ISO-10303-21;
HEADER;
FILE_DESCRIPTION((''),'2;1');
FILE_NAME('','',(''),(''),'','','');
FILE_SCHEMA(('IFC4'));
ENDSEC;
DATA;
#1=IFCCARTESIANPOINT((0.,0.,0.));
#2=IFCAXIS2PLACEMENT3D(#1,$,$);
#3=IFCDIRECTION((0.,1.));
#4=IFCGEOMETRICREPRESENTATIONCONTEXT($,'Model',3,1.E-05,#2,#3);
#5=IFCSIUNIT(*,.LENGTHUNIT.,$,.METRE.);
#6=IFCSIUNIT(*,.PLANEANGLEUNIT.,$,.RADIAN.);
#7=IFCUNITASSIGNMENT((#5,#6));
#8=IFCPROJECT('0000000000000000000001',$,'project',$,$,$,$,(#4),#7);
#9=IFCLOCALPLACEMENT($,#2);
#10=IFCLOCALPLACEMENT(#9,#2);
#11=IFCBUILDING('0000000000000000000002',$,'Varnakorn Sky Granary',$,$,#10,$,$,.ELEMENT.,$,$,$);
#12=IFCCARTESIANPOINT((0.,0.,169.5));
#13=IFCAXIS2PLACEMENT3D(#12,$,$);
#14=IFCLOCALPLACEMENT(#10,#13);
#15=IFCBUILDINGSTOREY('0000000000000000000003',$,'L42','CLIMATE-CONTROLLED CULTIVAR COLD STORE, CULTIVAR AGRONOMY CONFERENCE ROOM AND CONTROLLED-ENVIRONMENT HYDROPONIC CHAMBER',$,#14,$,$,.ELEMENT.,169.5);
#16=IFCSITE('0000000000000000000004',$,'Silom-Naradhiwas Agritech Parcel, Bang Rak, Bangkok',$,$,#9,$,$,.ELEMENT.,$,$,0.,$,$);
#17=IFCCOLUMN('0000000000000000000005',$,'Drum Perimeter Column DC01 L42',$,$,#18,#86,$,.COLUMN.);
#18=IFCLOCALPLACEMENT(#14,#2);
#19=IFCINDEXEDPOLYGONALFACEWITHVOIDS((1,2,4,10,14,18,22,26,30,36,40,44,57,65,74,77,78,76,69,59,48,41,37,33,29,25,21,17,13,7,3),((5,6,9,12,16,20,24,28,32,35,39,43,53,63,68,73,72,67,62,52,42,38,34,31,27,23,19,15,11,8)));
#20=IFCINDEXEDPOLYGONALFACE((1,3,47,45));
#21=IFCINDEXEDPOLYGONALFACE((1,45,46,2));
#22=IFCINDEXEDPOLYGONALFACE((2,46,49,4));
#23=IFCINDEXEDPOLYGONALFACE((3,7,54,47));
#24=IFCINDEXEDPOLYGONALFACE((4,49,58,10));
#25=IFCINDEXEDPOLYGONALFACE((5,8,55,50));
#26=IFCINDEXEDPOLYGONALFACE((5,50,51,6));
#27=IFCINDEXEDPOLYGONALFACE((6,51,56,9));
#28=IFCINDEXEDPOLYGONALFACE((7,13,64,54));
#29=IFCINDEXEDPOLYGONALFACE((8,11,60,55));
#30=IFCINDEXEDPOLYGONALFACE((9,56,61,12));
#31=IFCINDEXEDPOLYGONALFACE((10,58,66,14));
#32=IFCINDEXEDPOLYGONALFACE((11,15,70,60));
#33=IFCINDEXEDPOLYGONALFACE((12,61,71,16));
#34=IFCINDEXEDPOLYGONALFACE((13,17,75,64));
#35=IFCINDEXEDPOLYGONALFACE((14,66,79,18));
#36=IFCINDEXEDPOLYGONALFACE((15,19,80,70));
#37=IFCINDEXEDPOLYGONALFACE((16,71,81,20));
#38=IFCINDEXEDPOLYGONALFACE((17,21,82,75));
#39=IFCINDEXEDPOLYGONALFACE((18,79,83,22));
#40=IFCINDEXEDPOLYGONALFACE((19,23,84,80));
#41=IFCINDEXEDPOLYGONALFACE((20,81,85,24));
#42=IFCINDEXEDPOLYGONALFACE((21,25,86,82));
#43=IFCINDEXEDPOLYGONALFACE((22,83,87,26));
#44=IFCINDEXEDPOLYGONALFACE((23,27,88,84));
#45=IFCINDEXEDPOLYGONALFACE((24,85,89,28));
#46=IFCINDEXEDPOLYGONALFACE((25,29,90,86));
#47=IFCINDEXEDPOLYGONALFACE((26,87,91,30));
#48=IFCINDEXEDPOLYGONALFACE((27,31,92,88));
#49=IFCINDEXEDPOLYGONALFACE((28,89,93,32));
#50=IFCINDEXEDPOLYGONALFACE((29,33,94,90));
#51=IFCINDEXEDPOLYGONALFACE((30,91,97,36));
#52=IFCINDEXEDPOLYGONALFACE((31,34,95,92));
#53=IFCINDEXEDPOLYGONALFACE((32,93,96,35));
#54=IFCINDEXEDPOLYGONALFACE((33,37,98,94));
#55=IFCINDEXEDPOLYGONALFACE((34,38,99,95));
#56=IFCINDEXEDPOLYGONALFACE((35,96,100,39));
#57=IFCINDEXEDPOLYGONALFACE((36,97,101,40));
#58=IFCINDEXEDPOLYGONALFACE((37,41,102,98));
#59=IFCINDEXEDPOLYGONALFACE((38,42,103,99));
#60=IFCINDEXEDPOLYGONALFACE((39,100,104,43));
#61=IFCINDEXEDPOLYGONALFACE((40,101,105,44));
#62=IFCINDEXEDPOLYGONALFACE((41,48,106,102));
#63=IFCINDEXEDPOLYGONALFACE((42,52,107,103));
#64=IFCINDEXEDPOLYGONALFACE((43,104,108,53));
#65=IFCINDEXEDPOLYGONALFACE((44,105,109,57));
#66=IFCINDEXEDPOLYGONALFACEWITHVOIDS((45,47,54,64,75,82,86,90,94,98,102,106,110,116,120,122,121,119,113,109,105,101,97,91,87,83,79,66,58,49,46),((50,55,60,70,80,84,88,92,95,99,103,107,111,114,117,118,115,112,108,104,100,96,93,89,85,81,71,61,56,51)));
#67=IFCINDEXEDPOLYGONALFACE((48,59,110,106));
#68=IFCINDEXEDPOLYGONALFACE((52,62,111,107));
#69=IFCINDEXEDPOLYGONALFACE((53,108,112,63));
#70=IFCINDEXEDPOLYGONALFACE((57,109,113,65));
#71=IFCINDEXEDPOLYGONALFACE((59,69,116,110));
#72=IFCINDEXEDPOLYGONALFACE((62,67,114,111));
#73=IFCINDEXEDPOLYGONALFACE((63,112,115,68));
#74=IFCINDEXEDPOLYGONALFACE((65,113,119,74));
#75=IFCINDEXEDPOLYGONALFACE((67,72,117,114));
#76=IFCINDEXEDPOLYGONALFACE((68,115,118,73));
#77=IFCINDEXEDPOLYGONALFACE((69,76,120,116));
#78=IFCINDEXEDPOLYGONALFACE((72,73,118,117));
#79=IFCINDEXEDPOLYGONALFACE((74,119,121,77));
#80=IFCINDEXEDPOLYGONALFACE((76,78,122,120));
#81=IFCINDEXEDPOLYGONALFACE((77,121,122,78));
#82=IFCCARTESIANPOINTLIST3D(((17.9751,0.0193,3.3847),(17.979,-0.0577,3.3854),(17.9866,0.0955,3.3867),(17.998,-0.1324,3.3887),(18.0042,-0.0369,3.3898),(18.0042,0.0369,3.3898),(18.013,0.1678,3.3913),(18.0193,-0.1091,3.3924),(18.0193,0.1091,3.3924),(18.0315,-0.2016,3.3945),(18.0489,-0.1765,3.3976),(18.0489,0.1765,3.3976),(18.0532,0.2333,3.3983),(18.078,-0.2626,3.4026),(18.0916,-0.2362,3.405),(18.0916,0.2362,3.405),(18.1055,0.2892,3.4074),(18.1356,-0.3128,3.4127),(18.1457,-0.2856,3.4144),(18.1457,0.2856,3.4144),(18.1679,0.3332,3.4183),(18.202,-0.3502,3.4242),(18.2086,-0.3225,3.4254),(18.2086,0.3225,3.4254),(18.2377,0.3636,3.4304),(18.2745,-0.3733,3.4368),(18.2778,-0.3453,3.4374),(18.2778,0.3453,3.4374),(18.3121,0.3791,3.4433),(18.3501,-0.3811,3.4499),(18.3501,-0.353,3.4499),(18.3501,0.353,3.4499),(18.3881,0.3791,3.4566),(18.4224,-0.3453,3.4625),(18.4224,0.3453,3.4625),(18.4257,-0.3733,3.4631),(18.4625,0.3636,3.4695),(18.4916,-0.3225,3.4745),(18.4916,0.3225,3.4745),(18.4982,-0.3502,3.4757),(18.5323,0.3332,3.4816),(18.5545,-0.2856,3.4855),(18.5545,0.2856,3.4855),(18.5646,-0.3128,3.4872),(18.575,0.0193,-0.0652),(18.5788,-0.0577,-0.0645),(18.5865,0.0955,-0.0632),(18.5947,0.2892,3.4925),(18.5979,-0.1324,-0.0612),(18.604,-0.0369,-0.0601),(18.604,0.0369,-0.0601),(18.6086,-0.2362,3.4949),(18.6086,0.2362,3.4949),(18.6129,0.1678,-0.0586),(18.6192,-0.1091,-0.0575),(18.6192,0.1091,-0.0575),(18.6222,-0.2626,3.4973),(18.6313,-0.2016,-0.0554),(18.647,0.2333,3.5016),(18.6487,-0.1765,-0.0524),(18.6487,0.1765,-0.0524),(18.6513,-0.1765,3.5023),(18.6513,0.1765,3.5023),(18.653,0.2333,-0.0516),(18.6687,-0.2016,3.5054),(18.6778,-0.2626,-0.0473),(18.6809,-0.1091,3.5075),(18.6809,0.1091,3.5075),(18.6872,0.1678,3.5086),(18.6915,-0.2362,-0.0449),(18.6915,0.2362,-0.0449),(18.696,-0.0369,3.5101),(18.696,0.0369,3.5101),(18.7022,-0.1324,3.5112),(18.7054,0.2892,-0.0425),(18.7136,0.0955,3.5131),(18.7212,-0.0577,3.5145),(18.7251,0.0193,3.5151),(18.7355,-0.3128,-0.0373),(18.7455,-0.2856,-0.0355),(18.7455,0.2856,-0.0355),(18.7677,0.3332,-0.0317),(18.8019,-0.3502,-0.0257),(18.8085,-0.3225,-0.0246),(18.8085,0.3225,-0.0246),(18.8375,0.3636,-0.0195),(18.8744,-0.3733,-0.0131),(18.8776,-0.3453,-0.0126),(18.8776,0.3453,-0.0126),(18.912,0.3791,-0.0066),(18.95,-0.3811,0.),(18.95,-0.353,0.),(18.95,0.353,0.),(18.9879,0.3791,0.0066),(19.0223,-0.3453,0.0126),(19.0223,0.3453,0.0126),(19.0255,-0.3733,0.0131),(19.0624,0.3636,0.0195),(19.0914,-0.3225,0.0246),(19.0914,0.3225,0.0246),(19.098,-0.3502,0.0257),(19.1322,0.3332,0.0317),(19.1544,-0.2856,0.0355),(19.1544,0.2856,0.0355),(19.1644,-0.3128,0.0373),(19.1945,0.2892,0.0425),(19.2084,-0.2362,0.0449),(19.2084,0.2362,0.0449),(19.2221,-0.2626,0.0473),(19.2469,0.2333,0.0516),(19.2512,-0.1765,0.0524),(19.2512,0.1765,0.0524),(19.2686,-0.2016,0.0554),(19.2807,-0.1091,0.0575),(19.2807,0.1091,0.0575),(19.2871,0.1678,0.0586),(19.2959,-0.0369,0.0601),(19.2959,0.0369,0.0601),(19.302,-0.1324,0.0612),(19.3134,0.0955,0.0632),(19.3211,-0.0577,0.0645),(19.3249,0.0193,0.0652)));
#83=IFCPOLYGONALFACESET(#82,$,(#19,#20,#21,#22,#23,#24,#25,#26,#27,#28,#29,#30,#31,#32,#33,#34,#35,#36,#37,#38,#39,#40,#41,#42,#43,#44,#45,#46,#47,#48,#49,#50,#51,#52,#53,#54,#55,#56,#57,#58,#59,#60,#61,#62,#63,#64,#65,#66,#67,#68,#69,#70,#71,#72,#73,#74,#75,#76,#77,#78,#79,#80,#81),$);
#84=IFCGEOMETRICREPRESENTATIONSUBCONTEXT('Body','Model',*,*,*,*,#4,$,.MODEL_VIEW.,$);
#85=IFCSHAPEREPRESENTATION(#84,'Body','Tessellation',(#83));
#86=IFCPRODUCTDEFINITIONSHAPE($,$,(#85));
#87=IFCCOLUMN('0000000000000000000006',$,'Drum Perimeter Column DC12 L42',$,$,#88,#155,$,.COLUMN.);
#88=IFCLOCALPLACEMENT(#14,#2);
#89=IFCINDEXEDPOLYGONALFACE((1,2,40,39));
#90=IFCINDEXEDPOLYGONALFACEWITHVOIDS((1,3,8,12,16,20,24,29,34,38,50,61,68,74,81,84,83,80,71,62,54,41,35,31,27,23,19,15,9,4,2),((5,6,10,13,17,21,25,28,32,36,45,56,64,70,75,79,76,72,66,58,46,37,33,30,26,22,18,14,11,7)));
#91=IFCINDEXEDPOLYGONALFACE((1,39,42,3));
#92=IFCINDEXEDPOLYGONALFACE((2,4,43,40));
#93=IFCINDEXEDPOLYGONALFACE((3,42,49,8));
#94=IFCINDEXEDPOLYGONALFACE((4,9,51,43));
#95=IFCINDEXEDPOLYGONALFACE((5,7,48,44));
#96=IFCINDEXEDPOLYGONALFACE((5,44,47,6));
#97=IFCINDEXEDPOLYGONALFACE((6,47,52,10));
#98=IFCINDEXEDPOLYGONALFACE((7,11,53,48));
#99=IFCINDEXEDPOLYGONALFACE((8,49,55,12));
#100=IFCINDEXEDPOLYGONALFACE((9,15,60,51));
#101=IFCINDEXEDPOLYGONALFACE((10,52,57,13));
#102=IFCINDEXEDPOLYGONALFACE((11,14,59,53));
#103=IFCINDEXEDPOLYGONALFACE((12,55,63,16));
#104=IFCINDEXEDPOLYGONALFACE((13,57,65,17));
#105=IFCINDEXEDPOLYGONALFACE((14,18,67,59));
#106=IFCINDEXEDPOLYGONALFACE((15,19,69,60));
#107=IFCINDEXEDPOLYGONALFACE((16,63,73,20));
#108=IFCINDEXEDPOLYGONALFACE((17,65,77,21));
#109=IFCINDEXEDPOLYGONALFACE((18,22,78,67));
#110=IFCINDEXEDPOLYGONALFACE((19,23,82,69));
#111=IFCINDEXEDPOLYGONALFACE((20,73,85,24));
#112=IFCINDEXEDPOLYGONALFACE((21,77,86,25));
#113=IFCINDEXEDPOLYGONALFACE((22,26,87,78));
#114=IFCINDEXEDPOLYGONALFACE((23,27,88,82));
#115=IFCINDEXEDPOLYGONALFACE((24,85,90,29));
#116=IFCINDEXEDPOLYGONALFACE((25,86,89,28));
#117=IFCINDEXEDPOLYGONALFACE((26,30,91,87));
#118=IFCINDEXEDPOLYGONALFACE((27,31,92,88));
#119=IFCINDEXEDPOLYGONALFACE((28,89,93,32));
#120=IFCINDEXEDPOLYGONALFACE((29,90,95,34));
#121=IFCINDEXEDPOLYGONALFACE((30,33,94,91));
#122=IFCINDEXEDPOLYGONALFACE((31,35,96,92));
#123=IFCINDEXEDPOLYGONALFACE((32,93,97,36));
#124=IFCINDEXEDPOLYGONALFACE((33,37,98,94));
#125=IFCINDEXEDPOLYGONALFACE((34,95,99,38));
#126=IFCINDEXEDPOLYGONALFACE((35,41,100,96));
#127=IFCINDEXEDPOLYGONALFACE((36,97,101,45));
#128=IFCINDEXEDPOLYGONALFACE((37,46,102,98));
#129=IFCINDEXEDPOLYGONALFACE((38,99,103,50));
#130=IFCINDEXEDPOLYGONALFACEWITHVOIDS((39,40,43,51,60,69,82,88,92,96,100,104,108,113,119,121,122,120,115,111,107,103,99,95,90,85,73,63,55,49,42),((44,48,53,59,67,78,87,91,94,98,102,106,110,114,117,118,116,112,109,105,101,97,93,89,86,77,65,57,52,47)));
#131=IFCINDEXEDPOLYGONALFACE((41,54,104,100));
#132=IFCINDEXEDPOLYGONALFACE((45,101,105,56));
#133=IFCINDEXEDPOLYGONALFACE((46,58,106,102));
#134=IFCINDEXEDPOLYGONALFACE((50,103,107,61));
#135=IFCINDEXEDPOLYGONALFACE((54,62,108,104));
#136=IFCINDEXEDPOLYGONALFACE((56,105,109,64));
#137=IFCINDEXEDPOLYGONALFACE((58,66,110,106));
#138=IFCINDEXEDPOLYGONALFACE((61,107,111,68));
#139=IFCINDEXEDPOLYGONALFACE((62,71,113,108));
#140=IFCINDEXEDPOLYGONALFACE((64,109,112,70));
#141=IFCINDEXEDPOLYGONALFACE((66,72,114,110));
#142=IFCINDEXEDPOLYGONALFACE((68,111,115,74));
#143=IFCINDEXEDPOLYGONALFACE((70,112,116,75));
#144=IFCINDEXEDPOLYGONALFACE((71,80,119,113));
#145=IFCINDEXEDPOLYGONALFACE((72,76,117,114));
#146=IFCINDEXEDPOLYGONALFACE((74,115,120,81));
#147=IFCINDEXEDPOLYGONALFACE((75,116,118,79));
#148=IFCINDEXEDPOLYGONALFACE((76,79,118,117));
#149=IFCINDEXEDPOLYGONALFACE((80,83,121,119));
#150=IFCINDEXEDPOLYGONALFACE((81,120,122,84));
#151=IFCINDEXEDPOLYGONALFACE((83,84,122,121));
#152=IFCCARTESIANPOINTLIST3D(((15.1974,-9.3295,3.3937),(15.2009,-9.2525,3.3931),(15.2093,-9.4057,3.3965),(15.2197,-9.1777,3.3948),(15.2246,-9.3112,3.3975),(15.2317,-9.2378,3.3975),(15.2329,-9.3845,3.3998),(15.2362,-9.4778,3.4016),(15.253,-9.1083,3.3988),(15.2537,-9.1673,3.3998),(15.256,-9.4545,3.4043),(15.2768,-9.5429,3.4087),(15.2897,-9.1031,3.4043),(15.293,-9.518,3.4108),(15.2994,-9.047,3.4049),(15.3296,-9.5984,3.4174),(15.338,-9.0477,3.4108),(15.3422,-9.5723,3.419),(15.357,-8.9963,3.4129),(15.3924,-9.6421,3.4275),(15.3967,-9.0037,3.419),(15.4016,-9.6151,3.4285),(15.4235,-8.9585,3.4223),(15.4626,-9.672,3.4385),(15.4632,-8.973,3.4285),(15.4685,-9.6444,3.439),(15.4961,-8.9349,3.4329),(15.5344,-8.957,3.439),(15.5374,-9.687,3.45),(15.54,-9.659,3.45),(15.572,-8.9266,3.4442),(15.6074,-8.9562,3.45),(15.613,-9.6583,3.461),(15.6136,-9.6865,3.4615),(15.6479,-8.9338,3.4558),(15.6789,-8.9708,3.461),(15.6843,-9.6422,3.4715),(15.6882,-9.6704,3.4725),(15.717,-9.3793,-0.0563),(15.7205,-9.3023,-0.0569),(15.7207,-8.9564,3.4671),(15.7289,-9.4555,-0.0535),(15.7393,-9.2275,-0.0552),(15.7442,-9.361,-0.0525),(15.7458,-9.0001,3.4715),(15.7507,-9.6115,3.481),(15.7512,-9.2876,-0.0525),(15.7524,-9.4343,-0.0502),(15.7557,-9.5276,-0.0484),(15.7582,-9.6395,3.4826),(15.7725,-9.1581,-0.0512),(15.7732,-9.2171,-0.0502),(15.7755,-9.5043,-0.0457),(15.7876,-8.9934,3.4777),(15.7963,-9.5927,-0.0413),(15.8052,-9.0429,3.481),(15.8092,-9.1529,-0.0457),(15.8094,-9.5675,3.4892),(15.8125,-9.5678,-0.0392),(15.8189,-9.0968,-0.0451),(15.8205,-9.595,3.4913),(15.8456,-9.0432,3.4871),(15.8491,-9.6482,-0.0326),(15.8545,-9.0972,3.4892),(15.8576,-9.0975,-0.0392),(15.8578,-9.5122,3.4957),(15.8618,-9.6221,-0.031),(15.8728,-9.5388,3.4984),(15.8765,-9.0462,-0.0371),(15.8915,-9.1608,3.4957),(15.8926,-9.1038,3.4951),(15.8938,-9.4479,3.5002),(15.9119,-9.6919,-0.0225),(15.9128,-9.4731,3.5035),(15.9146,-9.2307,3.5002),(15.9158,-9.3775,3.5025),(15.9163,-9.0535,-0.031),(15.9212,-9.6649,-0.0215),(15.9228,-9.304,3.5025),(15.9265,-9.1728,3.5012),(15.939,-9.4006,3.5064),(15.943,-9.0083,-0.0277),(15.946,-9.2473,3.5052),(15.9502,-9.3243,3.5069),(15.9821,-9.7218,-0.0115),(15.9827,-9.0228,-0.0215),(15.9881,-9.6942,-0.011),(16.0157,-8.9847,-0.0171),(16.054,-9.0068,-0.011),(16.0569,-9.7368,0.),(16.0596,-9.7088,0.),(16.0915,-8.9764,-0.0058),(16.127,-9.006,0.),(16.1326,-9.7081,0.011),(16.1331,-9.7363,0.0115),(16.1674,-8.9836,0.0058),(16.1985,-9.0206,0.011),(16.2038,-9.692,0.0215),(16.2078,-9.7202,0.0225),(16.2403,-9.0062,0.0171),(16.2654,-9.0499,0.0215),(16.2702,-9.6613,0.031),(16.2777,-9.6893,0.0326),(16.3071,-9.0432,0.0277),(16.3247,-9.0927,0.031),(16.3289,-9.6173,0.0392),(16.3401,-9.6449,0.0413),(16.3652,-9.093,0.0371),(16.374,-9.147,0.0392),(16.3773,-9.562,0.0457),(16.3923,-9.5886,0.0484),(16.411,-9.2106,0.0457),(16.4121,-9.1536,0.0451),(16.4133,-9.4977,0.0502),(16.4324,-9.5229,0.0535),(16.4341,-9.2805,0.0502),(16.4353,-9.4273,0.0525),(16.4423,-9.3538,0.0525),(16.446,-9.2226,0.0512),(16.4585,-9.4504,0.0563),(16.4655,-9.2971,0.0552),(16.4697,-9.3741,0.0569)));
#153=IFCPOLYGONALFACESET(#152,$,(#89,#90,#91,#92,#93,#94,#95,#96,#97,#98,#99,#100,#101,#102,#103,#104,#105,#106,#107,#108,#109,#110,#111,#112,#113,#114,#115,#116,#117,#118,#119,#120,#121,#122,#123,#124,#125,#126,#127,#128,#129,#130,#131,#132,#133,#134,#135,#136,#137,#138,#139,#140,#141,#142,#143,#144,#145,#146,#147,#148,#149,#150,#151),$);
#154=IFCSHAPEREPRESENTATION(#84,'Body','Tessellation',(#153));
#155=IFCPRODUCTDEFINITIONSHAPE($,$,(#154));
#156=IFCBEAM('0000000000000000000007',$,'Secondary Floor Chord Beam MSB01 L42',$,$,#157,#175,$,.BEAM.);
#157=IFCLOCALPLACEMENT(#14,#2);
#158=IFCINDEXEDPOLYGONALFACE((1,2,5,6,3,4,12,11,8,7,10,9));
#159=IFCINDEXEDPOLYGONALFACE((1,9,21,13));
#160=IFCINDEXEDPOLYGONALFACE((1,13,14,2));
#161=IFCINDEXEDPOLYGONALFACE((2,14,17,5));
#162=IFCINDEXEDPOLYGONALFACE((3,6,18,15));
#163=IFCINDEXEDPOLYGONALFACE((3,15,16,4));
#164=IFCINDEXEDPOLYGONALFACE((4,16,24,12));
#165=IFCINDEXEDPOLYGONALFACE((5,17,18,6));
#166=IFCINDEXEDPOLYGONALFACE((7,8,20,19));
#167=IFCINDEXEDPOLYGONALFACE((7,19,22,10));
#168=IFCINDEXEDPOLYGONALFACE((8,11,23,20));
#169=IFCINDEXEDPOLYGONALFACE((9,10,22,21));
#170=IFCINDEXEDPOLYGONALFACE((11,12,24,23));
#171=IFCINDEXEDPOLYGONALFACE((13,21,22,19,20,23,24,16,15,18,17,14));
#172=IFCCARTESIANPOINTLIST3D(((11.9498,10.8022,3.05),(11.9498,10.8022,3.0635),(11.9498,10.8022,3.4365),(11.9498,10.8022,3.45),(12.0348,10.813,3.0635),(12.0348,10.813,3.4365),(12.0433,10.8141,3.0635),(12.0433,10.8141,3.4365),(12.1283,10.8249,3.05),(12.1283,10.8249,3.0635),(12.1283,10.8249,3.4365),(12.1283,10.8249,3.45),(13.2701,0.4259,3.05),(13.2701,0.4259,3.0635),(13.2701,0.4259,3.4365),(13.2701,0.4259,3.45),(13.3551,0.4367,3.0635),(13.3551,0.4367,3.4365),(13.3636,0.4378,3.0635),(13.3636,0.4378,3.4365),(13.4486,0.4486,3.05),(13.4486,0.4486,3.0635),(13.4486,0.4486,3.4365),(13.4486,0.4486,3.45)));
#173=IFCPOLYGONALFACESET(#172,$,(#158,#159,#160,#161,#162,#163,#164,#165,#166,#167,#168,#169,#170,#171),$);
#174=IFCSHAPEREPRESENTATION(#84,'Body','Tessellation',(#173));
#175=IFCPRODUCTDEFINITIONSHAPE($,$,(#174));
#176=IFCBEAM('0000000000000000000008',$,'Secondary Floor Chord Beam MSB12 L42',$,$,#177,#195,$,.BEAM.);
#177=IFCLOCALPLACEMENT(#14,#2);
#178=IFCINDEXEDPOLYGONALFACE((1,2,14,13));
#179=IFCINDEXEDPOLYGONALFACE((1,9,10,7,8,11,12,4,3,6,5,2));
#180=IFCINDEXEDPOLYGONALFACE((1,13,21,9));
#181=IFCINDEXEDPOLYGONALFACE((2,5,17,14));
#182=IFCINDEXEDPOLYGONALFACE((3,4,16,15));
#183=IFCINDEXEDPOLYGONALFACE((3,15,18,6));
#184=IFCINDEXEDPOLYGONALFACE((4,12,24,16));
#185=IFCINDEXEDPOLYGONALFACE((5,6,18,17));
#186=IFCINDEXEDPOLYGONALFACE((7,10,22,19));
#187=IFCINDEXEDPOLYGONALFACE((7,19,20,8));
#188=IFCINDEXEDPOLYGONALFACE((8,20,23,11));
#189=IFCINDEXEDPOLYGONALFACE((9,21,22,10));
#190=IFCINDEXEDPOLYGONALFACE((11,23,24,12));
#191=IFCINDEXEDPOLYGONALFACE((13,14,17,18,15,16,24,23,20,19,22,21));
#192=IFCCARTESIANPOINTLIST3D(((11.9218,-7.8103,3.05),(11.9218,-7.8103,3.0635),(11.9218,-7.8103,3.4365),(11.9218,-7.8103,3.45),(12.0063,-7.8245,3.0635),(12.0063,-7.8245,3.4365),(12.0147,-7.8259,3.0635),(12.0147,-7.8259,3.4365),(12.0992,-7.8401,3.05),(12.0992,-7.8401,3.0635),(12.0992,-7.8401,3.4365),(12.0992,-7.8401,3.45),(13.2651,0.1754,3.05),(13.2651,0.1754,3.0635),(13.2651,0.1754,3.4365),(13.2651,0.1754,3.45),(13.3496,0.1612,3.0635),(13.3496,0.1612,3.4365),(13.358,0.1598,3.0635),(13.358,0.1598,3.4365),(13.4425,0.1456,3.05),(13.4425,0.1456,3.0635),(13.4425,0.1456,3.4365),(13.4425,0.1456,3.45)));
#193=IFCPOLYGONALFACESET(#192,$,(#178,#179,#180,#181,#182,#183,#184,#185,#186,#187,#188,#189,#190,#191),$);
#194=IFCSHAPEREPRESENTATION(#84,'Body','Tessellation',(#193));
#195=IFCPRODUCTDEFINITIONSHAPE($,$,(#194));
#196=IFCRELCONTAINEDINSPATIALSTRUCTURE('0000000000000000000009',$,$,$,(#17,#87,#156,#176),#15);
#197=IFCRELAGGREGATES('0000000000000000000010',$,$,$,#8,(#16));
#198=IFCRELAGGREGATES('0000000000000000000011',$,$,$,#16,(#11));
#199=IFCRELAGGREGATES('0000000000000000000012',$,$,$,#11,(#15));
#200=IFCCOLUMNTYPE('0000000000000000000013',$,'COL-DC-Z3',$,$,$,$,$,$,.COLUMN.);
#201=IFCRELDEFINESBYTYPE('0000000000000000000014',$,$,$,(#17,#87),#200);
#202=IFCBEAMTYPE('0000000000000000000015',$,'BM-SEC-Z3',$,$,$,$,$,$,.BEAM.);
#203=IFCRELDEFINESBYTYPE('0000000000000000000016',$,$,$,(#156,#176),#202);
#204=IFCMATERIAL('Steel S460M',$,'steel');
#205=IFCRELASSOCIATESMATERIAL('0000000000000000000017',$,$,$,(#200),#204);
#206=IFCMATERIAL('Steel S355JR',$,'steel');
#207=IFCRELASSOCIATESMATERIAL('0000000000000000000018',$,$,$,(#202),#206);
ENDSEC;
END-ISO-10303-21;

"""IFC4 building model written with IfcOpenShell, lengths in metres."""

from ifc_helpers import new_model, si_unit, direction, frame, origin, origin_2d, place, context, subcontext, project, spatial, hollow_circle, i_section, extrude, material, material_profile, profile_set, type_object, element, save


model = new_model("IFC4")

# Units and contexts
model_context = context("Model", 3, precision=1e-05, world=origin(), true_north=direction((0.0, 1.0)))
body_context = subcontext(model_context, "Body", "Model", "MODEL_VIEW")
ifc_project = project(units=[si_unit("LENGTHUNIT", "METRE"), si_unit("PLANEANGLEUNIT", "RADIAN")], contexts=[model_context])

# Site, building, storey
site_placement = place(None, origin())
site = spatial("IfcSite", under=ifc_project, at=site_placement, Name="Silom-Naradhiwas Agritech Parcel, Bang Rak, Bangkok", CompositionType="ELEMENT", RefElevation=0.0)
building_placement = place(site_placement, origin())
building = spatial("IfcBuilding", under=site, at=building_placement, Name="Varnakorn Sky Granary", CompositionType="ELEMENT")
storey_placement = place(building_placement, frame((0.0, 0.0, 169.5)))
storey = spatial("IfcBuildingStorey", under=building, at=storey_placement, Name="L42", Description="CLIMATE-CONTROLLED CULTIVAR COLD STORE, CULTIVAR AGRONOMY CONFERENCE ROOM AND CONTROLLED-ENVIRONMENT HYDROPONIC CHAMBER", CompositionType="ELEMENT", Elevation=169.5)

# Columns
ifc_material_1 = material(Name="Steel S460M", Category="steel")
ifc_material_profile_1 = material_profile(ifc_material_1, hollow_circle(Radius=0.3811, WallThickness=0.0281, at=origin_2d()), Name="CHS 762x28")
ifc_profile_set_1 = profile_set([ifc_material_profile_1], Name="Steel S460M")
column_type = type_object("IfcColumnType", Name="COL-DC-Z3", PredefinedType="COLUMN", material=ifc_profile_set_1)
column_1_placement = place(storey_placement, frame((18.95, 0.0, 0.0), z_axis=(-0.171303, 0.0, 0.985218), x_axis=(0.0, -1.0, 0.0)))
element("IfcColumn", 1, at=column_1_placement, inside=storey, type_object=column_type, Name="Drum Perimeter Column DC01 L42", PredefinedType="COLUMN", context=body_context, shape_type="SweptSolid", body=[
    extrude(hollow_circle(Radius=0.3811, WallThickness=0.0281, at=origin_2d()), origin(), (0.0, 0.0, 1.0), 3.5017),
])
column_2_placement = place(storey_placement, frame((16.0933, -9.3574, 0.0), z_axis=(-0.148897, 0.014274, 0.98875), x_axis=(-0.095427, -0.995436, 0.0)))
element("IfcColumn", 2, at=column_2_placement, inside=storey, type_object=column_type, Name="Drum Perimeter Column DC12 L42", PredefinedType="COLUMN", context=body_context, shape_type="SweptSolid", body=[
    extrude(hollow_circle(Radius=0.3811, WallThickness=0.0281, at=origin_2d()), origin(), (0.0, 0.0, 1.0), 3.4893),
])

# Beams
ifc_material_2 = material(Name="Steel S355JR", Category="steel")
ifc_material_profile_2 = material_profile(ifc_material_2, i_section(OverallWidth=0.1799, OverallDepth=0.3999, WebThickness=0.0085, FlangeThickness=0.0134, at=origin_2d()), Name="IPE 400")
ifc_profile_set_2 = profile_set([ifc_material_profile_2], Name="Steel S355JR")
beam_type_1 = type_object("IfcBeamType", Name="BM-SEC-Z3", PredefinedType="BEAM", material=ifc_profile_set_2)
beam_1_placement = place(storey_placement, frame((13.3594, 0.4373, 3.25), z_axis=(-0.126226, 0.992001, 0.0), x_axis=(-0.992001, -0.126226, 0.0)))
element("IfcBeam", 3, at=beam_1_placement, inside=storey, type_object=beam_type_1, Name="Secondary Floor Chord Beam MSB01 L42", PredefinedType="BEAM", context=body_context, shape_type="SweptSolid", body=[
    extrude(i_section(OverallWidth=0.1799, OverallDepth=0.3999, WebThickness=0.0085, FlangeThickness=0.0134, at=origin_2d()), origin(), (0.0, 0.0, 1.0), 10.46),
])
beam_2_placement = place(storey_placement, frame((12.0105, -7.8252, 3.25), z_axis=(0.16588, 0.986146, 0.0), x_axis=(-0.986146, 0.16588, 0.0)))
element("IfcBeam", 4, at=beam_2_placement, inside=storey, type_object=beam_type_1, Name="Secondary Floor Chord Beam MSB12 L42", PredefinedType="BEAM", context=body_context, shape_type="SweptSolid", body=[
    extrude(i_section(OverallWidth=0.1799, OverallDepth=0.3999, WebThickness=0.0085, FlangeThickness=0.0134, at=origin_2d()), origin(), (0.0, 0.0, 1.0), 8.0979),
])

save(model, "model.ifc")
